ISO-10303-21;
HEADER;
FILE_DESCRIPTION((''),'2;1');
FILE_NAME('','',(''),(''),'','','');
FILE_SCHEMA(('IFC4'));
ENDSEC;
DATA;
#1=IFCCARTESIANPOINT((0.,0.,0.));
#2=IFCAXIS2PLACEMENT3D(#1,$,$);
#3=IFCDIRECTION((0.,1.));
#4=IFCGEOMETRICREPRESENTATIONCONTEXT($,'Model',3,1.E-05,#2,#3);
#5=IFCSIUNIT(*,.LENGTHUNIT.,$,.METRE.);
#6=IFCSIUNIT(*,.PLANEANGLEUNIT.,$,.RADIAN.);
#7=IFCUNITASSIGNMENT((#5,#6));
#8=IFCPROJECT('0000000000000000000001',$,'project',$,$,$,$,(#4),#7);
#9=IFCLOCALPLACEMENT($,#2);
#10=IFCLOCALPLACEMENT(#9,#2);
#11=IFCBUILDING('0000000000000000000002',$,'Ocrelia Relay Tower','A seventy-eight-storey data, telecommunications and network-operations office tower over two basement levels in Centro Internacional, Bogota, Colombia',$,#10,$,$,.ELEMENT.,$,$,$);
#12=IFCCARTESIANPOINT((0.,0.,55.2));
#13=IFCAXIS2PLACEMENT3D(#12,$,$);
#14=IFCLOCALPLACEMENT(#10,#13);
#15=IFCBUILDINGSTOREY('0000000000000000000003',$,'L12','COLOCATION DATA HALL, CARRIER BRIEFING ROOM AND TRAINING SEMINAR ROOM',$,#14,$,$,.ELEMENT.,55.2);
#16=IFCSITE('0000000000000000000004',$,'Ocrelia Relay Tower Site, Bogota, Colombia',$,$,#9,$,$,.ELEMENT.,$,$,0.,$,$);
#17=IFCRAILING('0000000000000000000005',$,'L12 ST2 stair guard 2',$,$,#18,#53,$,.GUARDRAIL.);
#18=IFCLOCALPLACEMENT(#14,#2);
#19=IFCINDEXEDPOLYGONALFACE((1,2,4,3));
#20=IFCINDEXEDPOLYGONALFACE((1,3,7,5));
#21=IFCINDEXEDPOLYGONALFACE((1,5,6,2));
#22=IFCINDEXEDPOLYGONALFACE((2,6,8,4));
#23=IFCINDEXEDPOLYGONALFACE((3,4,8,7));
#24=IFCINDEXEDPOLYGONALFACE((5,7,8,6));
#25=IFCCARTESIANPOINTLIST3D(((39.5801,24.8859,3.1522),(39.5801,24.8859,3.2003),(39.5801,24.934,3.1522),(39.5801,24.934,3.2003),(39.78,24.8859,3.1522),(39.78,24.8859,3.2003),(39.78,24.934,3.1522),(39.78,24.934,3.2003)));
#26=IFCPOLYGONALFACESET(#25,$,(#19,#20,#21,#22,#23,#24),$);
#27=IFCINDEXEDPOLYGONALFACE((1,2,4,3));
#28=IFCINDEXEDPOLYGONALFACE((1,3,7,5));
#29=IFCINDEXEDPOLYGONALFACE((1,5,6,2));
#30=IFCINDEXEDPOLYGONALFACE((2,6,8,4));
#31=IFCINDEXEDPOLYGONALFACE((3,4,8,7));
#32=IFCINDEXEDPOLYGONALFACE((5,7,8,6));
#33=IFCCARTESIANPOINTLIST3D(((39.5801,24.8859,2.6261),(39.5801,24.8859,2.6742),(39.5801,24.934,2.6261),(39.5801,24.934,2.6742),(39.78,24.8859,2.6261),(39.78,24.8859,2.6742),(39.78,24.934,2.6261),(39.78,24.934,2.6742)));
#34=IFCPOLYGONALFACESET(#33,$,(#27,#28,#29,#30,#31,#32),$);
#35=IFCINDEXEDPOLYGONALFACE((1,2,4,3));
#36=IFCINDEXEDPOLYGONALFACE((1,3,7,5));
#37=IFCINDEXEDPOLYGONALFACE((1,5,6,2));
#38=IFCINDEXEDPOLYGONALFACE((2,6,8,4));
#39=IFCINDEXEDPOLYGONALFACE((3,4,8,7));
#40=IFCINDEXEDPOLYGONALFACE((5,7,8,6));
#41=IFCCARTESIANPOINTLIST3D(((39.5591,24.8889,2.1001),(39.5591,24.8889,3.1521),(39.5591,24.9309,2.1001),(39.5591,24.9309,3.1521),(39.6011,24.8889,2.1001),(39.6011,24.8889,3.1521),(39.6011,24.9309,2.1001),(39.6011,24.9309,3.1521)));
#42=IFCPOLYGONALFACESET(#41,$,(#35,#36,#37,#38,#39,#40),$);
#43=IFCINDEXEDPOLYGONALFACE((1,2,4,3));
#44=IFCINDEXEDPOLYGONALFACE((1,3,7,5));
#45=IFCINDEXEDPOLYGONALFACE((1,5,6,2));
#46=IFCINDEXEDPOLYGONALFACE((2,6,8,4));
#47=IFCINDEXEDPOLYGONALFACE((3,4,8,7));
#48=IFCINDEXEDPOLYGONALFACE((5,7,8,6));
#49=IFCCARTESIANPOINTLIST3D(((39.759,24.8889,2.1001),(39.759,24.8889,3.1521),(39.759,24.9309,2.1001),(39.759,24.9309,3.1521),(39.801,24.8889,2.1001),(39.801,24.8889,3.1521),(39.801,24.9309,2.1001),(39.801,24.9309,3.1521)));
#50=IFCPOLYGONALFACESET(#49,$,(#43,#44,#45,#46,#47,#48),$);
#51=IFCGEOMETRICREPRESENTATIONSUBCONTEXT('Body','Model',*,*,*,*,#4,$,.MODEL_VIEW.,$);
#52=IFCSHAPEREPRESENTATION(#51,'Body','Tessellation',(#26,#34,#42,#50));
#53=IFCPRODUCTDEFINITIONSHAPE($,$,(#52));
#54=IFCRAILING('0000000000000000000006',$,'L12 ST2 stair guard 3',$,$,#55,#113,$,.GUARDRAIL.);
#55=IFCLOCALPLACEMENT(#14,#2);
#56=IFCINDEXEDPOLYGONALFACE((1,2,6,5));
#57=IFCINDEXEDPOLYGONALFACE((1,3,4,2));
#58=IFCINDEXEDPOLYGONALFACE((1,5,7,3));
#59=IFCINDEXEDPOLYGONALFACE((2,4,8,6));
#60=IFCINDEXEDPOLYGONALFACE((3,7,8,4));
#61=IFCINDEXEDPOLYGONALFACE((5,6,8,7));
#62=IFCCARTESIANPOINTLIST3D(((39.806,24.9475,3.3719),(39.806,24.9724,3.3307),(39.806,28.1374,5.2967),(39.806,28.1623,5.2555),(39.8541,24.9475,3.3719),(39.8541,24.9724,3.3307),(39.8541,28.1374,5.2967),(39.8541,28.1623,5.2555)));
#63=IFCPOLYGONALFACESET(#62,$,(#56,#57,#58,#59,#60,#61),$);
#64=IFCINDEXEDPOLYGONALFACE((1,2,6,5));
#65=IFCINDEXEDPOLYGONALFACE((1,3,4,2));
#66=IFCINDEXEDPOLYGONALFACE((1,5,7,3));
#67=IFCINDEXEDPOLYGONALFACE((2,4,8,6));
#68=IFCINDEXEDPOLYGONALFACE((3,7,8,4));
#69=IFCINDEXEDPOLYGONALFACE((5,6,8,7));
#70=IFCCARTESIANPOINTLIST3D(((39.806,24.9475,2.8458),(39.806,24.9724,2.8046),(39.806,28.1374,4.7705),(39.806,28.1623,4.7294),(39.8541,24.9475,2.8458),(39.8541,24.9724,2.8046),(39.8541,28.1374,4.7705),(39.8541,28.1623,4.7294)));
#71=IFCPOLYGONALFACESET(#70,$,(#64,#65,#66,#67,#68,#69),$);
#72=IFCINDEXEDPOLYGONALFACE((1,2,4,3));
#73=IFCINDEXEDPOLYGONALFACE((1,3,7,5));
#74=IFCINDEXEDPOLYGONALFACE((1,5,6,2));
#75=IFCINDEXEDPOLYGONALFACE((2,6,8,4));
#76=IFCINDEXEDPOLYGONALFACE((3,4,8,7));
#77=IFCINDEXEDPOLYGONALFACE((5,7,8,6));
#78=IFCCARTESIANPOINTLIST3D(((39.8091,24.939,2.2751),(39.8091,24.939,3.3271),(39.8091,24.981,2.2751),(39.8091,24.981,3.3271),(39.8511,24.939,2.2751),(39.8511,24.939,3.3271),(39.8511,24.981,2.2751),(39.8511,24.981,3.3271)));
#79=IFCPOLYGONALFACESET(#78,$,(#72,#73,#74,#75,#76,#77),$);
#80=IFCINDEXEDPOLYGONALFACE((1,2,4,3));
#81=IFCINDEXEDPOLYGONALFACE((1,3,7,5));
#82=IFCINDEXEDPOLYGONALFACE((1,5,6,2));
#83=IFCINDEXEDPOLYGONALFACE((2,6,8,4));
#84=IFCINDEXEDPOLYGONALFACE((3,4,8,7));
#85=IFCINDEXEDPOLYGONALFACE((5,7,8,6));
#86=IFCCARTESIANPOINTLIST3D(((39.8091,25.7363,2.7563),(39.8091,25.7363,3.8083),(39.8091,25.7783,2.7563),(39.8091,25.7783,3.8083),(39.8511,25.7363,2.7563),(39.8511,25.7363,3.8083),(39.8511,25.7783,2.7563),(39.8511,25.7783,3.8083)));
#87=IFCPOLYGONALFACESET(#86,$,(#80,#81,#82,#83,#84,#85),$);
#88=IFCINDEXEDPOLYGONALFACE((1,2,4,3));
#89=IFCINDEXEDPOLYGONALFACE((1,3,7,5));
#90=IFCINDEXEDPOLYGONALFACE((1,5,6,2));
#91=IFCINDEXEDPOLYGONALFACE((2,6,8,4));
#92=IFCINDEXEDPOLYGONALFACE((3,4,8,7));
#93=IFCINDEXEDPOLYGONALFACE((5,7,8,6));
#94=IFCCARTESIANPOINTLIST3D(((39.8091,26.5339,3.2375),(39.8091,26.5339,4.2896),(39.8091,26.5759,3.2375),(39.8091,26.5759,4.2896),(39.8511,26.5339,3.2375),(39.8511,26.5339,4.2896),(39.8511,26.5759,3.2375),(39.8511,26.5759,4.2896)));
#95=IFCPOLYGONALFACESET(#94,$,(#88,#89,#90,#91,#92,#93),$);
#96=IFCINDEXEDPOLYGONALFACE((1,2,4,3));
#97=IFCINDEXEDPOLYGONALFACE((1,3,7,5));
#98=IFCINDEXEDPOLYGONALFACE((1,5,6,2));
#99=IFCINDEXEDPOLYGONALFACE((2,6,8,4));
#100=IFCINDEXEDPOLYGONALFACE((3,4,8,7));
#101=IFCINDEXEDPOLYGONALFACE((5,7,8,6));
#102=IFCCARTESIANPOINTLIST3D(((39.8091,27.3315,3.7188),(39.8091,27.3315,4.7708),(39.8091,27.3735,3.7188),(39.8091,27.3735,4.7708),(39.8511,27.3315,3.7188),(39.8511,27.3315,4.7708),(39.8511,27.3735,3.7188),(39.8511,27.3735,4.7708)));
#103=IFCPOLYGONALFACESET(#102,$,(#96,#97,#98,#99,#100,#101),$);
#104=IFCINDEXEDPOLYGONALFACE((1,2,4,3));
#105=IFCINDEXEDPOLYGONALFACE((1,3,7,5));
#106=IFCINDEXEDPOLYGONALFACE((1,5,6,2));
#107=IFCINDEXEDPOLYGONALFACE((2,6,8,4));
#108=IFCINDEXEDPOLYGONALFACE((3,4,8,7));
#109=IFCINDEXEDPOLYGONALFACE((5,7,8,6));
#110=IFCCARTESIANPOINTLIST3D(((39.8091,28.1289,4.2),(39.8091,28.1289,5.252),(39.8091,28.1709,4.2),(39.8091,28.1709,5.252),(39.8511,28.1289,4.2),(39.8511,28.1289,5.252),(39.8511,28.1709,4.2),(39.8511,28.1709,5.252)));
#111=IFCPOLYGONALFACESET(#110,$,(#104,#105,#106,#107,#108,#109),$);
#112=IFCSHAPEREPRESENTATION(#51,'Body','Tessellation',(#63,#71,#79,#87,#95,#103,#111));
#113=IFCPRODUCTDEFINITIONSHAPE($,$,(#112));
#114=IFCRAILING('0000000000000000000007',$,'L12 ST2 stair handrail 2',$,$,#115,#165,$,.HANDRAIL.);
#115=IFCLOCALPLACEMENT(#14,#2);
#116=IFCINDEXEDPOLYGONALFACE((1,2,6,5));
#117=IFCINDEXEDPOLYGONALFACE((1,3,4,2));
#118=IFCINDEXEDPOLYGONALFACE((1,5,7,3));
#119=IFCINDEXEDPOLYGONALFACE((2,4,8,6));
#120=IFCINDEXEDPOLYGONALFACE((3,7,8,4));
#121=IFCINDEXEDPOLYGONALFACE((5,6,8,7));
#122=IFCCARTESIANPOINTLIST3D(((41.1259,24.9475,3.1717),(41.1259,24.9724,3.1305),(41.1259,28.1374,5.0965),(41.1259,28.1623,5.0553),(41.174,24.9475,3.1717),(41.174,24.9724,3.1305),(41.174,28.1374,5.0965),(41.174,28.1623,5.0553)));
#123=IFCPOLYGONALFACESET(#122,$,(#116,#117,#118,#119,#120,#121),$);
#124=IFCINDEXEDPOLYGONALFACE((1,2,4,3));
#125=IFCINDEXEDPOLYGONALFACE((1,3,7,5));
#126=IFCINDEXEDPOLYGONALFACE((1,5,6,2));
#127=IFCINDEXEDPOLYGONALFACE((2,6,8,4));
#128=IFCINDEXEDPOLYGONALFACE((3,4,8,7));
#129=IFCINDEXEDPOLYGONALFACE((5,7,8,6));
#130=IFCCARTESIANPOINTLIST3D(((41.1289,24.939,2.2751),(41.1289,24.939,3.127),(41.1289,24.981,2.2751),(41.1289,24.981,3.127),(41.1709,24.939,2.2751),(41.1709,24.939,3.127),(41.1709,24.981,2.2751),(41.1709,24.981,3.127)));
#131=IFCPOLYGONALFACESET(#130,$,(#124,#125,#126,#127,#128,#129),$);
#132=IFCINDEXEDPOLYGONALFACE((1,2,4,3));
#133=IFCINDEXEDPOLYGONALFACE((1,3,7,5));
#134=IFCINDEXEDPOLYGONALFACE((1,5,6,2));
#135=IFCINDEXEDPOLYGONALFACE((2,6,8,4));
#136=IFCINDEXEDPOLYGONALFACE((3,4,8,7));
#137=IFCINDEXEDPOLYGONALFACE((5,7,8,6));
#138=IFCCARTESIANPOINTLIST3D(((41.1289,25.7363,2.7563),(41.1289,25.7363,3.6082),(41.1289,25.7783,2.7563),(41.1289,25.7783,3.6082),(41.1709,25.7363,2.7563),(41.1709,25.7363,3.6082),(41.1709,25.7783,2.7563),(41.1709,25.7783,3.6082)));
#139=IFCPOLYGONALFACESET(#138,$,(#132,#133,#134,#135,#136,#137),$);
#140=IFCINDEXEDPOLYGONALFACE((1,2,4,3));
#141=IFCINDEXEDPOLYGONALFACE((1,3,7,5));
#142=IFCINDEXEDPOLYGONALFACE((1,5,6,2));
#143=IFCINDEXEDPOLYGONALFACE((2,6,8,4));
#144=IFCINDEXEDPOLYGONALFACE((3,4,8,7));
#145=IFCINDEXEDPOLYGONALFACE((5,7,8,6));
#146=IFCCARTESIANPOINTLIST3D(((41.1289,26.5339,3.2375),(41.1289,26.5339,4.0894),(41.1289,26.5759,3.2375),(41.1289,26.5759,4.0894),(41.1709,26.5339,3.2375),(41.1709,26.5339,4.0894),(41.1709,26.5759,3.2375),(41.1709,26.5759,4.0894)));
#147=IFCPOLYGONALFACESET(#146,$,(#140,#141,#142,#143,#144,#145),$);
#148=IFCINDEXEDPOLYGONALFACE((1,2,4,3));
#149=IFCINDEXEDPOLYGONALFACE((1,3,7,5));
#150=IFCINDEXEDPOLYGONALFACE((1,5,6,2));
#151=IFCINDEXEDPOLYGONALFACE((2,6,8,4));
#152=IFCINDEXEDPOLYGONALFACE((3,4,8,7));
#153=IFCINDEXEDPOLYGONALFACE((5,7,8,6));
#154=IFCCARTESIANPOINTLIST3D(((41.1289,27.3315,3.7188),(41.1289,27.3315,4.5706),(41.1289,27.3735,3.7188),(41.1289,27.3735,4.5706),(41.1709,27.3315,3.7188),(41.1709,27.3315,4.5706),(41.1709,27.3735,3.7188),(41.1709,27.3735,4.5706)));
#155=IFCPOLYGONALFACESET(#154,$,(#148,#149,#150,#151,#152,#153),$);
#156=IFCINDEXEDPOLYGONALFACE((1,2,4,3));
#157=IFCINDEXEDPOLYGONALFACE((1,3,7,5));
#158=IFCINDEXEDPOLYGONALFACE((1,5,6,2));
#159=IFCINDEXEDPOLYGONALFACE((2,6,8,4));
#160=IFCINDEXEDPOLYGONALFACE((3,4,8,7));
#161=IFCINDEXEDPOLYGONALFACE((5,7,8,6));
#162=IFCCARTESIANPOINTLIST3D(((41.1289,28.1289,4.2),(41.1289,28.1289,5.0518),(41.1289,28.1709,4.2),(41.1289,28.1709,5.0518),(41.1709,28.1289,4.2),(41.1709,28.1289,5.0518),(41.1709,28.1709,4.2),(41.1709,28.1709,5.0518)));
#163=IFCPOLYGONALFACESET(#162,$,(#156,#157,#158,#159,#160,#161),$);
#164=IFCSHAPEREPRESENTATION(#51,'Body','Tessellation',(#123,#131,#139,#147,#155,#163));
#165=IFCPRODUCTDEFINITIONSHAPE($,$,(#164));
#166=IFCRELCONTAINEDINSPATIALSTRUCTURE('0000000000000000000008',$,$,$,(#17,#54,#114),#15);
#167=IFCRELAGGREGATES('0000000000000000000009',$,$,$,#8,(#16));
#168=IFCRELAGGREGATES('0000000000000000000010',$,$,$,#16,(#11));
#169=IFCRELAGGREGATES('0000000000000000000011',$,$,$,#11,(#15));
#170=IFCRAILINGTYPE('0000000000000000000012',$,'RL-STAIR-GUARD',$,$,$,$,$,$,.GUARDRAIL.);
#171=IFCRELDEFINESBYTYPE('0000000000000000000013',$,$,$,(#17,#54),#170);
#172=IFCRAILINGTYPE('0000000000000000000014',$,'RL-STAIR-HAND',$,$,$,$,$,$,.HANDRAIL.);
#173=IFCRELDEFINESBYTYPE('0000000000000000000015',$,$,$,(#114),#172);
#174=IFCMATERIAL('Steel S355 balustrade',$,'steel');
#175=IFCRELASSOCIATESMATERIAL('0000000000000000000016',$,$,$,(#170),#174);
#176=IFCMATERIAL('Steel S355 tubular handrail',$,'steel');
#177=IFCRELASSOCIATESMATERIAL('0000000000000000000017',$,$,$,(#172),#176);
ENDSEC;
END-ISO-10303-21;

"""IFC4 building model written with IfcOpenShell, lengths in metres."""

from ifc_helpers import new_model, si_unit, direction, frame, origin, origin_2d, place, context, subcontext, project, spatial, rectangle, extrude, material, type_object, element, save


model = new_model("IFC4")

# Units and contexts
model_context = context("Model", 3, precision=1e-05, world=origin(), true_north=direction((0.0, 1.0)))
body_context = subcontext(model_context, "Body", "Model", "MODEL_VIEW")
ifc_project = project(units=[si_unit("LENGTHUNIT", "METRE"), si_unit("PLANEANGLEUNIT", "RADIAN")], contexts=[model_context])

# Site, building, storey
site_placement = place(None, origin())
site = spatial("IfcSite", under=ifc_project, at=site_placement, Name="Ocrelia Relay Tower Site, Bogota, Colombia", CompositionType="ELEMENT", RefElevation=0.0)
building_placement = place(site_placement, origin())
building = spatial("IfcBuilding", under=site, at=building_placement, Name="Ocrelia Relay Tower", Description="A seventy-eight-storey data, telecommunications and network-operations office tower over two basement levels in Centro Internacional, Bogota, Colombia", CompositionType="ELEMENT")
storey_placement = place(building_placement, frame((0.0, 0.0, 55.2)))
storey = spatial("IfcBuildingStorey", under=building, at=storey_placement, Name="L12", Description="COLOCATION DATA HALL, CARRIER BRIEFING ROOM AND TRAINING SEMINAR ROOM", CompositionType="ELEMENT", Elevation=55.2)

# Railings
ifc_material_1 = material(Name="Steel S355 balustrade", Category="steel")
railing_type_1 = type_object("IfcRailingType", Name="RL-STAIR-GUARD", PredefinedType="GUARDRAIL", material=ifc_material_1)
railing_1_placement = place(storey_placement, frame((39.5801, 24.9099, 2.1001)))
element("IfcRailing", 1, at=railing_1_placement, inside=storey, type_object=railing_type_1, Name="L12 ST2 stair guard 2", PredefinedType="GUARDRAIL", context=body_context, shape_type="SweptSolid", body=[
    extrude(rectangle(XDim=0.0481, YDim=0.0481, at=origin_2d()), frame((0.0, 0.0, 1.0762), z_axis=(1.0, 0.0, 0.0), x_axis=(0.0, 1.0, 0.0)), (0.0, 0.0, 1.0), 0.2),
    extrude(rectangle(XDim=0.0481, YDim=0.0481, at=origin_2d()), frame((0.0, 0.0, 0.55), z_axis=(1.0, 0.0, 0.0), x_axis=(0.0, 1.0, 0.0)), (0.0, 0.0, 1.0), 0.2),
    extrude(rectangle(XDim=0.042, YDim=0.042, at=origin_2d()), origin(), (0.0, 0.0, 1.0), 1.052),
    extrude(rectangle(XDim=0.042, YDim=0.042, at=origin_2d()), frame((0.2, 0.0, 0.0)), (0.0, 0.0, 1.0), 1.052),
])
railing_2_placement = place(storey_placement, frame((39.8301, 24.96, 2.2751)))
element("IfcRailing", 2, at=railing_2_placement, inside=storey, type_object=railing_type_1, Name="L12 ST2 stair guard 3", PredefinedType="GUARDRAIL", context=body_context, shape_type="SweptSolid", body=[
    extrude(rectangle(XDim=0.0481, YDim=0.0481, at=origin_2d()), frame((0.0, 0.0, 1.0762), z_axis=(0.0, 0.856207, 0.516633), x_axis=(-1.0, 0.0, 0.0)), (0.0, 0.0, 1.0), 3.7256),
    extrude(rectangle(XDim=0.0481, YDim=0.0481, at=origin_2d()), frame((0.0, 0.0, 0.55), z_axis=(0.0, 0.856207, 0.516633), x_axis=(-1.0, 0.0, 0.0)), (0.0, 0.0, 1.0), 3.7256),
    extrude(rectangle(XDim=0.042, YDim=0.042, at=origin_2d()), origin(), (0.0, 0.0, 1.0), 1.052),
    extrude(rectangle(XDim=0.042, YDim=0.042, at=origin_2d()), frame((0.0, 0.7974, 0.4812)), (0.0, 0.0, 1.0), 1.052),
    extrude(rectangle(XDim=0.042, YDim=0.042, at=origin_2d()), frame((0.0, 1.595, 0.9624)), (0.0, 0.0, 1.0), 1.052),
    extrude(rectangle(XDim=0.042, YDim=0.042, at=origin_2d()), frame((0.0, 2.3926, 1.4436)), (0.0, 0.0, 1.0), 1.052),
    extrude(rectangle(XDim=0.042, YDim=0.042, at=origin_2d()), frame((0.0, 3.1899, 1.9248)), (0.0, 0.0, 1.0), 1.052),
])
ifc_material_2 = material(Name="Steel S355 tubular handrail", Category="steel")
railing_type_2 = type_object("IfcRailingType", Name="RL-STAIR-HAND", PredefinedType="HANDRAIL", material=ifc_material_2)
railing_3_placement = place(storey_placement, frame((41.1499, 24.96, 2.2751)))
element("IfcRailing", 3, at=railing_3_placement, inside=storey, type_object=railing_type_2, Name="L12 ST2 stair handrail 2", PredefinedType="HANDRAIL", context=body_context, shape_type="SweptSolid", body=[
    extrude(rectangle(XDim=0.0481, YDim=0.0481, at=origin_2d()), frame((0.0, 0.0, 0.876), z_axis=(0.0, 0.856207, 0.516633), x_axis=(-1.0, 0.0, 0.0)), (0.0, 0.0, 1.0), 3.7256),
    extrude(rectangle(XDim=0.042, YDim=0.042, at=origin_2d()), origin(), (0.0, 0.0, 1.0), 0.8518),
    extrude(rectangle(XDim=0.042, YDim=0.042, at=origin_2d()), frame((0.0, 0.7974, 0.4812)), (0.0, 0.0, 1.0), 0.8518),
    extrude(rectangle(XDim=0.042, YDim=0.042, at=origin_2d()), frame((0.0, 1.595, 0.9624)), (0.0, 0.0, 1.0), 0.8518),
    extrude(rectangle(XDim=0.042, YDim=0.042, at=origin_2d()), frame((0.0, 2.3926, 1.4436)), (0.0, 0.0, 1.0), 0.8518),
    extrude(rectangle(XDim=0.042, YDim=0.042, at=origin_2d()), frame((0.0, 3.1899, 1.9248)), (0.0, 0.0, 1.0), 0.8518),
])

save(model, "model.ifc")
